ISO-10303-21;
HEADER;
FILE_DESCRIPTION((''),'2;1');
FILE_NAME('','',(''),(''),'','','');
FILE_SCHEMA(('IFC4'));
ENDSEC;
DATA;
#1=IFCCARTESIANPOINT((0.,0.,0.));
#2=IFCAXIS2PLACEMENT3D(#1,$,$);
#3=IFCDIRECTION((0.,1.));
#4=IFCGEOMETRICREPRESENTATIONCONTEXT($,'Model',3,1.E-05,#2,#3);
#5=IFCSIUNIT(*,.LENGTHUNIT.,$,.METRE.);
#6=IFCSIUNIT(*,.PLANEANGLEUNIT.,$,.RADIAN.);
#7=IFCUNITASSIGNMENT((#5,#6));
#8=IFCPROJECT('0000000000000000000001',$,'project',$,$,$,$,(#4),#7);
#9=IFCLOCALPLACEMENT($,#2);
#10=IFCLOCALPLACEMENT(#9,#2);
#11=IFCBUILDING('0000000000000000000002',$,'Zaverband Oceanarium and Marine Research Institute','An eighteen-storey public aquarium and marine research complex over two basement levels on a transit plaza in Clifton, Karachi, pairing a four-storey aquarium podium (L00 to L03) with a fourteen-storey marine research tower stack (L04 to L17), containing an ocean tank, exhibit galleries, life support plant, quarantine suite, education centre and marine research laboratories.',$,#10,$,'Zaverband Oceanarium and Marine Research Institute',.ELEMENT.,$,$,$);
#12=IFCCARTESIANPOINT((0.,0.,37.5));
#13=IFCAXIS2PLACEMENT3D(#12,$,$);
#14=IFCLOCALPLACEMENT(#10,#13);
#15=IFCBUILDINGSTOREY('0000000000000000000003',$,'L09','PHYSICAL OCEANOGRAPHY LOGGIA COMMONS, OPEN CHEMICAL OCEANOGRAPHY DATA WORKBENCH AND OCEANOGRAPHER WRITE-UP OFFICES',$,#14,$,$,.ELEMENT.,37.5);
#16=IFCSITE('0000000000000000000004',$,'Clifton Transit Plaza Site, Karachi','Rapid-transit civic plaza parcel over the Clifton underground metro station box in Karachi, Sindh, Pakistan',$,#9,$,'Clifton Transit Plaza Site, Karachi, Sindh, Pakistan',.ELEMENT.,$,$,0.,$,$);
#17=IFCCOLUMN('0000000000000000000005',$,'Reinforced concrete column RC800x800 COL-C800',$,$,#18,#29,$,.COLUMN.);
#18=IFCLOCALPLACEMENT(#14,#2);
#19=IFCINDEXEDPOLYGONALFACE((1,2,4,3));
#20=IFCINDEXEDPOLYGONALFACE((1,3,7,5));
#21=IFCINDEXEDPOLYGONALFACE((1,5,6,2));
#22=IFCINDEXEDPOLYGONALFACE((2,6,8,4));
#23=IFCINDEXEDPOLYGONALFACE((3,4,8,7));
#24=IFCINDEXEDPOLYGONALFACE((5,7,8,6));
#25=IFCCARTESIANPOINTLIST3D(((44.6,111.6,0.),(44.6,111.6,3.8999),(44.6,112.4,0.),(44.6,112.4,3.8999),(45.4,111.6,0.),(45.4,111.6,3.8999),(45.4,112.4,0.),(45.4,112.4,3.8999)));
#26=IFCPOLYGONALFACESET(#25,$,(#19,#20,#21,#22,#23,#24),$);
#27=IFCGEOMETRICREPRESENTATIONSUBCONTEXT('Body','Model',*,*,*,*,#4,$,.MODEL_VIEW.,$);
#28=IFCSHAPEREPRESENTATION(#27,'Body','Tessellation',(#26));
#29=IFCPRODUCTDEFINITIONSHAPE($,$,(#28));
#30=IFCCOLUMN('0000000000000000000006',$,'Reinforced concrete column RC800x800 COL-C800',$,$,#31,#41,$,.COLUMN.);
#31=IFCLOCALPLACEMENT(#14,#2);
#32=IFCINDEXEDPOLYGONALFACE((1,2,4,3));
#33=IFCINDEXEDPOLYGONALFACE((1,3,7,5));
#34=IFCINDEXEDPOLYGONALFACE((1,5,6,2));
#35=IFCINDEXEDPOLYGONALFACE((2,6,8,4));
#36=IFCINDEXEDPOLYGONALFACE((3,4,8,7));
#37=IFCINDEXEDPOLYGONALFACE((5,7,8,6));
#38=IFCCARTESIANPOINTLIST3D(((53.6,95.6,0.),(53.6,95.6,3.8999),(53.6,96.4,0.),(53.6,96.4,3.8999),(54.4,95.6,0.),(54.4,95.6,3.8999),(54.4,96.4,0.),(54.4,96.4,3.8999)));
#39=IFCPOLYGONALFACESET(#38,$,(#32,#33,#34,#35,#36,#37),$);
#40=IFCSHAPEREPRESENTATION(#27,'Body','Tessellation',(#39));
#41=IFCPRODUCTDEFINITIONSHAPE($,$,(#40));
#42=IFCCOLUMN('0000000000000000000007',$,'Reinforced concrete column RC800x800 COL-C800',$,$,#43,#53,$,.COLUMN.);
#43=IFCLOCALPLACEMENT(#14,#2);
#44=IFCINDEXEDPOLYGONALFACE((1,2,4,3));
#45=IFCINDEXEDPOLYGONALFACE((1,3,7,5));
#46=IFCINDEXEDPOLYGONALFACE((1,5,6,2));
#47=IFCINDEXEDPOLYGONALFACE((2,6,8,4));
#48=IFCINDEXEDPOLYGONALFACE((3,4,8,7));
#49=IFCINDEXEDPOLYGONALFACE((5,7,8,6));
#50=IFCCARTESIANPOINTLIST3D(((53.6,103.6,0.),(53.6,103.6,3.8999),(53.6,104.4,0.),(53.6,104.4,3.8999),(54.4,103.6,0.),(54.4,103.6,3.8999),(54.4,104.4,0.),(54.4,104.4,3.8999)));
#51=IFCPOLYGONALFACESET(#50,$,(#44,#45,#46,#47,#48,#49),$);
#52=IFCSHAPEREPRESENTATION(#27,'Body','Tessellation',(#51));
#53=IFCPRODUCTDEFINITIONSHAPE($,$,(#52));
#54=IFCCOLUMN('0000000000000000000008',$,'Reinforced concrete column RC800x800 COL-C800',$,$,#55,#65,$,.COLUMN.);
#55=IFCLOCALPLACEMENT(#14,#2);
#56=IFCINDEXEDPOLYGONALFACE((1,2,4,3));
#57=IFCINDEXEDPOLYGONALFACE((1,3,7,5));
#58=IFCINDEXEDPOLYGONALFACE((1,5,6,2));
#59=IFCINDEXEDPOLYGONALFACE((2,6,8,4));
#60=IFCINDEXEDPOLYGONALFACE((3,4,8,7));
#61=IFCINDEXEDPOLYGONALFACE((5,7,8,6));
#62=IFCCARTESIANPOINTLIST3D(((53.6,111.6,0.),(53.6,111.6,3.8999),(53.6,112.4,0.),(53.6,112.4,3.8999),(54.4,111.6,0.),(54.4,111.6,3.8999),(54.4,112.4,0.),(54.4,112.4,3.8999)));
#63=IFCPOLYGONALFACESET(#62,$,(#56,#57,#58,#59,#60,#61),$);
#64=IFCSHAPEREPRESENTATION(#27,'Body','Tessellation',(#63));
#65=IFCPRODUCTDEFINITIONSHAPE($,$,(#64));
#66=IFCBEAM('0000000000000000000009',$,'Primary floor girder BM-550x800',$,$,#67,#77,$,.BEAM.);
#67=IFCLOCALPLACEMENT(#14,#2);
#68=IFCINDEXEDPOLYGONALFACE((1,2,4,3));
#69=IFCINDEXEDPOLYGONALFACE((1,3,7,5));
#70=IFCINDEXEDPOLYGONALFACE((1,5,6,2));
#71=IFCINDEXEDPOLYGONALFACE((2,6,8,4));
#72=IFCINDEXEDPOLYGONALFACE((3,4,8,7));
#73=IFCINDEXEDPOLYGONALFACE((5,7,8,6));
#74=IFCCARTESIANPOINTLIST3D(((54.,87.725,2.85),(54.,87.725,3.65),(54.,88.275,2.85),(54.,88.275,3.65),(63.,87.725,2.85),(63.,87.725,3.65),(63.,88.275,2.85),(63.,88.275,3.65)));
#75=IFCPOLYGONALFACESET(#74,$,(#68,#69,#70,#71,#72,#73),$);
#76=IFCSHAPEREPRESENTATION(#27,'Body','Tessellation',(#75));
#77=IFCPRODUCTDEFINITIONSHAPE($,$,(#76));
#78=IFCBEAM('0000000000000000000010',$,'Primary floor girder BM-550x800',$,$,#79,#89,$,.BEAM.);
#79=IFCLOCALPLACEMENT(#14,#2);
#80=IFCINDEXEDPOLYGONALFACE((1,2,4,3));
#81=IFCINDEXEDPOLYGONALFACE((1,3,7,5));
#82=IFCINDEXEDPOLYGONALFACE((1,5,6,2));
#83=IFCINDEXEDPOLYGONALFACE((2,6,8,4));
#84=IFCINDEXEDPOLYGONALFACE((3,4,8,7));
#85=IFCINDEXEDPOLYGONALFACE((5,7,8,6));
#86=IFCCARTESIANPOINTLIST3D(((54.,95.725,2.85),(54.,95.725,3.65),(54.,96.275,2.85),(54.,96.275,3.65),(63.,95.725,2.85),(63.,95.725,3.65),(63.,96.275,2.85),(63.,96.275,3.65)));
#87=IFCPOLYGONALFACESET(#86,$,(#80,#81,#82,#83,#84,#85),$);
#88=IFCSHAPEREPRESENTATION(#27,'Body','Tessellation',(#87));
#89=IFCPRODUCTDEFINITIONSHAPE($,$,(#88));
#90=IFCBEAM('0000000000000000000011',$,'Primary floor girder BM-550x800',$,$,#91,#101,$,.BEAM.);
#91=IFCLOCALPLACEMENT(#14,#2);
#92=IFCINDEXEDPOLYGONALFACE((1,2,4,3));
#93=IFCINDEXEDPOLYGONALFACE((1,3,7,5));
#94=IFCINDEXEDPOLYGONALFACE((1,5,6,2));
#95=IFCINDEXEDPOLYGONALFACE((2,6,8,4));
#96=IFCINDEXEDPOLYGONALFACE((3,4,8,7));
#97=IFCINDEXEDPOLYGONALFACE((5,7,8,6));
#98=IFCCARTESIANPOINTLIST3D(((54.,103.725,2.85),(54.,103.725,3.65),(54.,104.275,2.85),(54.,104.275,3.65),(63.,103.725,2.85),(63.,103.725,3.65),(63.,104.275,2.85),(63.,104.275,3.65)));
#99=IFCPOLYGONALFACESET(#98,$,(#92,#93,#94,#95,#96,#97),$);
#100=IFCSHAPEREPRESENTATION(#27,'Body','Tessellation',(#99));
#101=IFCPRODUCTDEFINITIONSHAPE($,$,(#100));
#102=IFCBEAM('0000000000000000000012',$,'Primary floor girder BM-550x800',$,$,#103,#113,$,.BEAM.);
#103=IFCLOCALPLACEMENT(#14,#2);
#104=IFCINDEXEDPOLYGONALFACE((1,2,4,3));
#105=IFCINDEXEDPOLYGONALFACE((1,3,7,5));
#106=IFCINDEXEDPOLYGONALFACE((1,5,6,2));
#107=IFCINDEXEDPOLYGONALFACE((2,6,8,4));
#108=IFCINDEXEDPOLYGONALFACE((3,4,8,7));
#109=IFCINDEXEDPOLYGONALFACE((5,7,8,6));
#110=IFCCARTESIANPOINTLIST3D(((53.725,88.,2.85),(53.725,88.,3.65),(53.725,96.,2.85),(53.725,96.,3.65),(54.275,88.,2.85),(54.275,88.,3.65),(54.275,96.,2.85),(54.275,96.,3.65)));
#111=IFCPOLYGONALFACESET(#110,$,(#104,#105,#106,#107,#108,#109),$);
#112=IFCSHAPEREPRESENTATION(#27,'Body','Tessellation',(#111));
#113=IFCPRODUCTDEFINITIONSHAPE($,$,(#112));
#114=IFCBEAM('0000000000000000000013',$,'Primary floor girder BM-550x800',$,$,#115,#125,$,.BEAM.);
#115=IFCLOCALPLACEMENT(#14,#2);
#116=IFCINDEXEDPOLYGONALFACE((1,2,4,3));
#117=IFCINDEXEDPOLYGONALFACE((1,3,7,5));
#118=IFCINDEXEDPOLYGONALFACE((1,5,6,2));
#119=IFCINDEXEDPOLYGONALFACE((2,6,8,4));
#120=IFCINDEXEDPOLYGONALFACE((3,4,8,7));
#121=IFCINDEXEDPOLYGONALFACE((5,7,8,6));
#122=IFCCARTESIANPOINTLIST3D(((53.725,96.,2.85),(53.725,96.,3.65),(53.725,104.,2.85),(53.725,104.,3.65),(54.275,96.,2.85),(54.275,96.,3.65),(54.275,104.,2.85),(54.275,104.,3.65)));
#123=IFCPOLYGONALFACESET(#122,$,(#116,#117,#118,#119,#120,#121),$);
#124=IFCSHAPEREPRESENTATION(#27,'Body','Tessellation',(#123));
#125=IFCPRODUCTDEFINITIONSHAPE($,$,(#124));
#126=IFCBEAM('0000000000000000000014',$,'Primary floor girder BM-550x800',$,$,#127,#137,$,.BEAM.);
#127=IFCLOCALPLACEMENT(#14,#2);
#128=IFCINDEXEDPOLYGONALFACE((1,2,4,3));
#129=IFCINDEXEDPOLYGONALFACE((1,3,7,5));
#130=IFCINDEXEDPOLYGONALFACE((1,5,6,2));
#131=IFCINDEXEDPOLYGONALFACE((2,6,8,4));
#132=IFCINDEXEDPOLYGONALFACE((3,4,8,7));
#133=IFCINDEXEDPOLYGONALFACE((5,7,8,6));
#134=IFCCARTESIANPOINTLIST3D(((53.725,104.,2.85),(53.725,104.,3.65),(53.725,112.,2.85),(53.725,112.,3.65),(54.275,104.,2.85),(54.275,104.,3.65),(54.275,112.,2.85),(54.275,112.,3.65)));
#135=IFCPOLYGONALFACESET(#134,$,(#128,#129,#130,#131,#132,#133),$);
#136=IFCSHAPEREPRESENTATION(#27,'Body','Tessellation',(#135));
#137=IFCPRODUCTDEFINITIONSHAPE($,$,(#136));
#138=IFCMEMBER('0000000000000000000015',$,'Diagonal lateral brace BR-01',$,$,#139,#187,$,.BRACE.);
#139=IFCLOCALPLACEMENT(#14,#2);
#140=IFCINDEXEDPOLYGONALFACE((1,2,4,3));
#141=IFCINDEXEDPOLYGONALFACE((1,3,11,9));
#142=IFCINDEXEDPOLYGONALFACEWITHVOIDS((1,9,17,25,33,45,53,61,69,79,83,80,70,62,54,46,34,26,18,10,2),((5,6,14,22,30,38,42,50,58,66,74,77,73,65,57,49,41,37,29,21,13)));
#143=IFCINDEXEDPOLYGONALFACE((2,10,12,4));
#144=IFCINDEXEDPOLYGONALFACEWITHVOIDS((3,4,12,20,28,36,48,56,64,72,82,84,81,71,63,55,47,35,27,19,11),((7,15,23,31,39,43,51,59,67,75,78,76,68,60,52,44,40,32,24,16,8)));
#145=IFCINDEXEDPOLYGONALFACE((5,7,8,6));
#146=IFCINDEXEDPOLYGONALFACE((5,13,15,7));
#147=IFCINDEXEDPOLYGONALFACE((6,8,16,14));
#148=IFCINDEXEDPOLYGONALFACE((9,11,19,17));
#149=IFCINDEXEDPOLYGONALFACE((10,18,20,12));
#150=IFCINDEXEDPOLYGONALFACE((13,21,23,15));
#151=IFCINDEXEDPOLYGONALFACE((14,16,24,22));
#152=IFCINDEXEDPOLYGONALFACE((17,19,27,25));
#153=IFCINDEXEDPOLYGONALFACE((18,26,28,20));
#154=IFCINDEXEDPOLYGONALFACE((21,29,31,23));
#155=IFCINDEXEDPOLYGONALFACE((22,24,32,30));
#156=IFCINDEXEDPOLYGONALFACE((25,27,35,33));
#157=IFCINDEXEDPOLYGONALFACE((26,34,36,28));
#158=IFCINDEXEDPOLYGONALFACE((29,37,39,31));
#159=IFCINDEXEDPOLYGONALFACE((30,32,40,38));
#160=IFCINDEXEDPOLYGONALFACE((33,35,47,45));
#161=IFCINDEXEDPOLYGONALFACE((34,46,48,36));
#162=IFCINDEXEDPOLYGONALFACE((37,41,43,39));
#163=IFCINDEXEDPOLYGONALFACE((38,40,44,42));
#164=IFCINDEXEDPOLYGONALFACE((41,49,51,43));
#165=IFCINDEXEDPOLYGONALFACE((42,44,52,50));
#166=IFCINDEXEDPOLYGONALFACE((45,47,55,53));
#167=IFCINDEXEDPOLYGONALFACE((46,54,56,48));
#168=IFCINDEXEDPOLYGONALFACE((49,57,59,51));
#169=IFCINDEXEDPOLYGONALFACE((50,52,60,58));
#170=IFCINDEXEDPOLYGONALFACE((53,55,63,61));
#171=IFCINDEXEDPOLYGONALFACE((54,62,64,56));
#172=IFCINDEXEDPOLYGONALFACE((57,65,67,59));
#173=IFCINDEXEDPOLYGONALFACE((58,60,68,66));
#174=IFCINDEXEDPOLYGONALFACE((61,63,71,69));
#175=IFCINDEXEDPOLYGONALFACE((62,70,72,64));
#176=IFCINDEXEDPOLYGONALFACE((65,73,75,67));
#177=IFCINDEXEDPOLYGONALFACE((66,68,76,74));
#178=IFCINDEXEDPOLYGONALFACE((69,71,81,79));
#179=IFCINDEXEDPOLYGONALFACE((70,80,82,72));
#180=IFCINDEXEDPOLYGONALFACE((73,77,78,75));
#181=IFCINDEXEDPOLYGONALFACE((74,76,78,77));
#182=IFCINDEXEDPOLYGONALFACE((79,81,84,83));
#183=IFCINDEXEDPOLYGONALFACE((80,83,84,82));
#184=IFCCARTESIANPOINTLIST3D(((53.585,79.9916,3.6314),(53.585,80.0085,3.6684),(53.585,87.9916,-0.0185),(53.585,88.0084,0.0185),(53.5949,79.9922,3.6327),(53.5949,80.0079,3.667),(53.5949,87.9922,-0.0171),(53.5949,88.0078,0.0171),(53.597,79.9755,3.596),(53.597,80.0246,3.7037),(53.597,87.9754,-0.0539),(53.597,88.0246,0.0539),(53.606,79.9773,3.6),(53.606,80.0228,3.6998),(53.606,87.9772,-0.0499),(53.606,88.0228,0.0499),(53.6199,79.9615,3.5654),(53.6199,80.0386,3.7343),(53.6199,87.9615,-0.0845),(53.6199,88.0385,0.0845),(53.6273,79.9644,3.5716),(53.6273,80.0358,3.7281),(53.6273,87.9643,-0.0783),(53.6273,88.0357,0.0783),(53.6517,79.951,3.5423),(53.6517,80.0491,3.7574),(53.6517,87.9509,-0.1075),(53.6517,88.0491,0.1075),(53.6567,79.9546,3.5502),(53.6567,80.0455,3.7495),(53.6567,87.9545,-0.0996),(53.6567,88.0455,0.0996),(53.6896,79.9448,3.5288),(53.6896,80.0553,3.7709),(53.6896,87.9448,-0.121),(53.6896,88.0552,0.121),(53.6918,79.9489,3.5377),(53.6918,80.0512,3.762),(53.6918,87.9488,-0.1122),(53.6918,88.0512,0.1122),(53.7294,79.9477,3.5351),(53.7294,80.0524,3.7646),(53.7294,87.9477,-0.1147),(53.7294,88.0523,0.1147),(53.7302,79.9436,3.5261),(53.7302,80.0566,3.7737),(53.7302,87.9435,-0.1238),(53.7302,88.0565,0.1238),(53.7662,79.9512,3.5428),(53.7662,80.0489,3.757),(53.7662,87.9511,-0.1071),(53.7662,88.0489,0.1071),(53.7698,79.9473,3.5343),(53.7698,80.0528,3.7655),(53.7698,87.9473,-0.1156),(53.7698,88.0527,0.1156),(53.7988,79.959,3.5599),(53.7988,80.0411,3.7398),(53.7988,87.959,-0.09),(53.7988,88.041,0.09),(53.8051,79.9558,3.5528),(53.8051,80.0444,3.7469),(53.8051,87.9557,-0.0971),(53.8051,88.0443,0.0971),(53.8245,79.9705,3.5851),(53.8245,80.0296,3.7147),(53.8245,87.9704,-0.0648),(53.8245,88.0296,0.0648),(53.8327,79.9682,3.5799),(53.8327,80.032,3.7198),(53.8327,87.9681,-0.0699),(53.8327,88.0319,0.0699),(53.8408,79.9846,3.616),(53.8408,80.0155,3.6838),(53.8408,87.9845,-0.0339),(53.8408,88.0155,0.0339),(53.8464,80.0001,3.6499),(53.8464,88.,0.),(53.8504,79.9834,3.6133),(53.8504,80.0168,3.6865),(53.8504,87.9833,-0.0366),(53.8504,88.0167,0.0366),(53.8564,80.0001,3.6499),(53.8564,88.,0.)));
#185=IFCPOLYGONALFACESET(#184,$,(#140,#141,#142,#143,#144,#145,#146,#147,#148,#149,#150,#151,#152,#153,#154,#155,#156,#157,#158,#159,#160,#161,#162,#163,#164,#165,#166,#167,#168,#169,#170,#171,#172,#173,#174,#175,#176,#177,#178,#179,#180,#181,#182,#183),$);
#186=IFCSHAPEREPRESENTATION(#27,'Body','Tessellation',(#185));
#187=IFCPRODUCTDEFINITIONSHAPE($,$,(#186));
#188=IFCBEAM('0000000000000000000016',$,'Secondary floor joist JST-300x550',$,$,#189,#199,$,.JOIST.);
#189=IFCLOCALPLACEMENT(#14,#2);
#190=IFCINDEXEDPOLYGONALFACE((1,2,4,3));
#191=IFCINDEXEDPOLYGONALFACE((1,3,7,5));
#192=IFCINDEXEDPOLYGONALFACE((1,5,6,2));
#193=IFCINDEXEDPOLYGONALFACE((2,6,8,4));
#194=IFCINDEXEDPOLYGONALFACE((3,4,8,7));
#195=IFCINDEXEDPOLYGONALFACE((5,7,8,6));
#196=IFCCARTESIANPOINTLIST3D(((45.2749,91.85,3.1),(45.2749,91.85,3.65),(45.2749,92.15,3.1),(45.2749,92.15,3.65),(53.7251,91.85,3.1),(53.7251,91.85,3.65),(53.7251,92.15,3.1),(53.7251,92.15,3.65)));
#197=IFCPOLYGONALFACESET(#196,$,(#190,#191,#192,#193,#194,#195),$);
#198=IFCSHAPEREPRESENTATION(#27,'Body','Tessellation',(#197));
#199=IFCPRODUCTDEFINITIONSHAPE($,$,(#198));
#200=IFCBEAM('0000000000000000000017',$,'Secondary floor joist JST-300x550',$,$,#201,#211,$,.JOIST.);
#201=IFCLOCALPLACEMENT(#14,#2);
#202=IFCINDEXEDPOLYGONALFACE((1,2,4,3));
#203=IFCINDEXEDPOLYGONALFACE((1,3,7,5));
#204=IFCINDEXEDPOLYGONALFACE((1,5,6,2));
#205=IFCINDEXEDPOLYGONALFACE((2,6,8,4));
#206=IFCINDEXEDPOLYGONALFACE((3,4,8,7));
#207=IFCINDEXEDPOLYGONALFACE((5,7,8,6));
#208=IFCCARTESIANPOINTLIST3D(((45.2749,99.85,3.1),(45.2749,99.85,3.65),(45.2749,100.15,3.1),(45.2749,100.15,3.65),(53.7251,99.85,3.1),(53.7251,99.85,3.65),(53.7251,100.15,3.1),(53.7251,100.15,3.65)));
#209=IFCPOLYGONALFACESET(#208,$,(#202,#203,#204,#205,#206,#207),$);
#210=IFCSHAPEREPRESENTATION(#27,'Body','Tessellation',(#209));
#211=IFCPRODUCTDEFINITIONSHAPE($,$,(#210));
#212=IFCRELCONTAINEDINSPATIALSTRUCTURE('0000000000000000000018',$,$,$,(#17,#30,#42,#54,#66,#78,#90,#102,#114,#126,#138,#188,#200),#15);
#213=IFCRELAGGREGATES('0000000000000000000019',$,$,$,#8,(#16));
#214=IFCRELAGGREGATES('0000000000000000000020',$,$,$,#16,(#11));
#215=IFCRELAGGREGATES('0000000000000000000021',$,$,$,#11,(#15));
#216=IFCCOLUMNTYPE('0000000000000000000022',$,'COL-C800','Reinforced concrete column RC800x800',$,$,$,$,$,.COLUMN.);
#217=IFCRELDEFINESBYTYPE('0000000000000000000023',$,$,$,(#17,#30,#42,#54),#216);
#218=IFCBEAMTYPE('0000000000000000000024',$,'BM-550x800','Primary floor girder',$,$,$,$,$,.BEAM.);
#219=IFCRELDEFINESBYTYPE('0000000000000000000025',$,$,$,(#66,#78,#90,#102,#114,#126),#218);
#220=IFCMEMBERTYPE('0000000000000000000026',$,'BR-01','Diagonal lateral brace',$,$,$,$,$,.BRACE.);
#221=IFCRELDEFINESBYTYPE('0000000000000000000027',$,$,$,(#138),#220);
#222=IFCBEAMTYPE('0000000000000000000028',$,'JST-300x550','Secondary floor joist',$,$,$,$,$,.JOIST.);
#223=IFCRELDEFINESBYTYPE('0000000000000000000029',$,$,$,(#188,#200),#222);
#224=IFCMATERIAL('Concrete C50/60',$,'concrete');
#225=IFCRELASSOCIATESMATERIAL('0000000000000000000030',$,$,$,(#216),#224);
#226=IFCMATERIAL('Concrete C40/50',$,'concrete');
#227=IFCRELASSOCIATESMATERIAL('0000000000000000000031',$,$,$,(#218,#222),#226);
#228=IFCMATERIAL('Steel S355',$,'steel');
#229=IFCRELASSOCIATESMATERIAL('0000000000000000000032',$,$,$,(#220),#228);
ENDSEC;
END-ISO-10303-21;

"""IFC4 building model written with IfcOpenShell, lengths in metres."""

from ifc_helpers import new_model, si_unit, direction, frame, origin, origin_2d, place, context, subcontext, project, spatial, rectangle, hollow_circle, extrude, material, material_profile, profile_set, type_object, element, save


model = new_model("IFC4")

# Units and contexts
model_context = context("Model", 3, precision=1e-05, world=origin(), true_north=direction((0.0, 1.0)))
body_context = subcontext(model_context, "Body", "Model", "MODEL_VIEW")
ifc_project = project(units=[si_unit("LENGTHUNIT", "METRE"), si_unit("PLANEANGLEUNIT", "RADIAN")], contexts=[model_context])

# Site, building, storey
site_placement = place(None, origin())
site = spatial("IfcSite", under=ifc_project, at=site_placement, Name="Clifton Transit Plaza Site, Karachi", Description="Rapid-transit civic plaza parcel over the Clifton underground metro station box in Karachi, Sindh, Pakistan", LongName="Clifton Transit Plaza Site, Karachi, Sindh, Pakistan", CompositionType="ELEMENT", RefElevation=0.0)
building_placement = place(site_placement, origin())
building = spatial("IfcBuilding", under=site, at=building_placement, Name="Zaverband Oceanarium and Marine Research Institute", Description="An eighteen-storey public aquarium and marine research complex over two basement levels on a transit plaza in Clifton, Karachi, pairing a four-storey aquarium podium (L00 to L03) with a fourteen-storey marine research tower stack (L04 to L17), containing an ocean tank, exhibit galleries, life support plant, quarantine suite, education centre and marine research laboratories.", LongName="Zaverband Oceanarium and Marine Research Institute", CompositionType="ELEMENT")
storey_placement = place(building_placement, frame((0.0, 0.0, 37.5)))
storey = spatial("IfcBuildingStorey", under=building, at=storey_placement, Name="L09", Description="PHYSICAL OCEANOGRAPHY LOGGIA COMMONS, OPEN CHEMICAL OCEANOGRAPHY DATA WORKBENCH AND OCEANOGRAPHER WRITE-UP OFFICES", CompositionType="ELEMENT", Elevation=37.5)

# Columns
ifc_material_1 = material(Name="Concrete C50/60", Category="concrete")
ifc_material_profile_1 = material_profile(ifc_material_1, rectangle(XDim=0.8, YDim=0.8, at=origin_2d()), Name="RC800x800")
ifc_profile_set_1 = profile_set([ifc_material_profile_1], Name="Concrete C50/60")
column_type = type_object("IfcColumnType", Name="COL-C800", Description="Reinforced concrete column RC800x800", PredefinedType="COLUMN", material=ifc_profile_set_1)
for number, where, z_axis, x_axis, name in (
    (1, (45.0, 112.0, 0.0), (0.0, 0.0, 1.0), (1.0, 0.0, 0.0), "Reinforced concrete column RC800x800 COL-C800"),
    (2, (54.0, 96.0, 0.0), (0.0, 0.0, 1.0), (1.0, 0.0, 0.0), "Reinforced concrete column RC800x800 COL-C800"),
    (3, (54.0, 104.0, 0.0), (0.0, 0.0, 1.0), (1.0, 0.0, 0.0), "Reinforced concrete column RC800x800 COL-C800"),
    (4, (54.0, 112.0, 0.0), (0.0, 0.0, 1.0), (1.0, 0.0, 0.0), "Reinforced concrete column RC800x800 COL-C800"),
):
    element("IfcColumn", number, at=place(storey_placement, frame(where, z_axis=z_axis, x_axis=x_axis)), inside=storey, type_object=column_type, Name=name, PredefinedType="COLUMN", context=body_context, shape_type="SweptSolid", body=[
        extrude(rectangle(XDim=0.8, YDim=0.8, at=origin_2d()), origin(), (0.0, 0.0, 1.0), 3.8999),
    ])

# Beams
ifc_material_2 = material(Name="Concrete C40/50", Category="concrete")
ifc_material_profile_2 = material_profile(ifc_material_2, rectangle(XDim=0.55, YDim=0.8, at=origin_2d()), Name="RC550x800")
ifc_profile_set_2 = profile_set([ifc_material_profile_2], Name="Concrete C40/50")
beam_type_1 = type_object("IfcBeamType", Name="BM-550x800", Description="Primary floor girder", PredefinedType="BEAM", material=ifc_profile_set_2)
for number, where, z_axis, x_axis, name in (
    (5, (54.0, 88.0, 3.25), (1.0, 0.0, 0.0), (0.0, 1.0, 0.0), "Primary floor girder BM-550x800"),
    (6, (54.0, 96.0, 3.25), (1.0, 0.0, 0.0), (0.0, 1.0, 0.0), "Primary floor girder BM-550x800"),
    (7, (54.0, 104.0, 3.25), (1.0, 0.0, 0.0), (0.0, 1.0, 0.0), "Primary floor girder BM-550x800"),
):
    element("IfcBeam", number, at=place(storey_placement, frame(where, z_axis=z_axis, x_axis=x_axis)), inside=storey, type_object=beam_type_1, Name=name, PredefinedType="BEAM", context=body_context, shape_type="SweptSolid", body=[
        extrude(rectangle(XDim=0.55, YDim=0.8, at=origin_2d()), origin(), (0.0, 0.0, 1.0), 9.0),
    ])
for number, where, z_axis, x_axis, name in (
    (8, (54.0, 88.0, 3.25), (0.0, 1.0, 0.0), (-1.0, 0.0, 0.0), "Primary floor girder BM-550x800"),
    (9, (54.0, 96.0, 3.25), (0.0, 1.0, 0.0), (-1.0, 0.0, 0.0), "Primary floor girder BM-550x800"),
    (10, (54.0, 104.0, 3.25), (0.0, 1.0, 0.0), (-1.0, 0.0, 0.0), "Primary floor girder BM-550x800"),
):
    element("IfcBeam", number, at=place(storey_placement, frame(where, z_axis=z_axis, x_axis=x_axis)), inside=storey, type_object=beam_type_1, Name=name, PredefinedType="BEAM", context=body_context, shape_type="SweptSolid", body=[
        extrude(rectangle(XDim=0.55, YDim=0.8, at=origin_2d()), origin(), (0.0, 0.0, 1.0), 8.0),
    ])

# Member
ifc_material_3 = material(Name="Steel S355", Category="steel")
ifc_material_profile_3 = material_profile(ifc_material_3, hollow_circle(Radius=0.1365, WallThickness=0.01, at=origin_2d()), Name="CHS273x10")
ifc_profile_set_3 = profile_set([ifc_material_profile_3], Name="Steel S355")
member_type = type_object("IfcMemberType", Name="BR-01", Description="Diagonal lateral brace", PredefinedType="BRACE", material=ifc_profile_set_3)
member_placement = place(storey_placement, frame((53.72, 88.0, 0.0), z_axis=(0.0, -0.909786, 0.415079), x_axis=(1.0, 0.0, 0.0)))
element("IfcMember", 11, at=member_placement, inside=storey, type_object=member_type, Name="Diagonal lateral brace BR-01", PredefinedType="BRACE", context=body_context, shape_type="SweptSolid", body=[
    extrude(hollow_circle(Radius=0.1365, WallThickness=0.01, at=origin_2d()), origin(), (0.0, 0.0, 1.0), 8.7932),
])

# Beams
ifc_material_profile_4 = material_profile(ifc_material_2, rectangle(XDim=0.3, YDim=0.55, at=origin_2d()), Name="RC300x550")
ifc_profile_set_4 = profile_set([ifc_material_profile_4], Name="Concrete C40/50")
beam_type_2 = type_object("IfcBeamType", Name="JST-300x550", Description="Secondary floor joist", PredefinedType="JOIST", material=ifc_profile_set_4)
for number, where, z_axis, x_axis, name in (
    (12, (45.2749, 92.0, 3.375), (1.0, 0.0, 0.0), (0.0, 1.0, 0.0), "Secondary floor joist JST-300x550"),
    (13, (45.2749, 100.0, 3.375), (1.0, 0.0, 0.0), (0.0, 1.0, 0.0), "Secondary floor joist JST-300x550"),
):
    element("IfcBeam", number, at=place(storey_placement, frame(where, z_axis=z_axis, x_axis=x_axis)), inside=storey, type_object=beam_type_2, Name=name, PredefinedType="JOIST", context=body_context, shape_type="SweptSolid", body=[
        extrude(rectangle(XDim=0.3, YDim=0.55, at=origin_2d()), origin(), (0.0, 0.0, 1.0), 8.4502),
    ])

save(model, "model.ifc")
